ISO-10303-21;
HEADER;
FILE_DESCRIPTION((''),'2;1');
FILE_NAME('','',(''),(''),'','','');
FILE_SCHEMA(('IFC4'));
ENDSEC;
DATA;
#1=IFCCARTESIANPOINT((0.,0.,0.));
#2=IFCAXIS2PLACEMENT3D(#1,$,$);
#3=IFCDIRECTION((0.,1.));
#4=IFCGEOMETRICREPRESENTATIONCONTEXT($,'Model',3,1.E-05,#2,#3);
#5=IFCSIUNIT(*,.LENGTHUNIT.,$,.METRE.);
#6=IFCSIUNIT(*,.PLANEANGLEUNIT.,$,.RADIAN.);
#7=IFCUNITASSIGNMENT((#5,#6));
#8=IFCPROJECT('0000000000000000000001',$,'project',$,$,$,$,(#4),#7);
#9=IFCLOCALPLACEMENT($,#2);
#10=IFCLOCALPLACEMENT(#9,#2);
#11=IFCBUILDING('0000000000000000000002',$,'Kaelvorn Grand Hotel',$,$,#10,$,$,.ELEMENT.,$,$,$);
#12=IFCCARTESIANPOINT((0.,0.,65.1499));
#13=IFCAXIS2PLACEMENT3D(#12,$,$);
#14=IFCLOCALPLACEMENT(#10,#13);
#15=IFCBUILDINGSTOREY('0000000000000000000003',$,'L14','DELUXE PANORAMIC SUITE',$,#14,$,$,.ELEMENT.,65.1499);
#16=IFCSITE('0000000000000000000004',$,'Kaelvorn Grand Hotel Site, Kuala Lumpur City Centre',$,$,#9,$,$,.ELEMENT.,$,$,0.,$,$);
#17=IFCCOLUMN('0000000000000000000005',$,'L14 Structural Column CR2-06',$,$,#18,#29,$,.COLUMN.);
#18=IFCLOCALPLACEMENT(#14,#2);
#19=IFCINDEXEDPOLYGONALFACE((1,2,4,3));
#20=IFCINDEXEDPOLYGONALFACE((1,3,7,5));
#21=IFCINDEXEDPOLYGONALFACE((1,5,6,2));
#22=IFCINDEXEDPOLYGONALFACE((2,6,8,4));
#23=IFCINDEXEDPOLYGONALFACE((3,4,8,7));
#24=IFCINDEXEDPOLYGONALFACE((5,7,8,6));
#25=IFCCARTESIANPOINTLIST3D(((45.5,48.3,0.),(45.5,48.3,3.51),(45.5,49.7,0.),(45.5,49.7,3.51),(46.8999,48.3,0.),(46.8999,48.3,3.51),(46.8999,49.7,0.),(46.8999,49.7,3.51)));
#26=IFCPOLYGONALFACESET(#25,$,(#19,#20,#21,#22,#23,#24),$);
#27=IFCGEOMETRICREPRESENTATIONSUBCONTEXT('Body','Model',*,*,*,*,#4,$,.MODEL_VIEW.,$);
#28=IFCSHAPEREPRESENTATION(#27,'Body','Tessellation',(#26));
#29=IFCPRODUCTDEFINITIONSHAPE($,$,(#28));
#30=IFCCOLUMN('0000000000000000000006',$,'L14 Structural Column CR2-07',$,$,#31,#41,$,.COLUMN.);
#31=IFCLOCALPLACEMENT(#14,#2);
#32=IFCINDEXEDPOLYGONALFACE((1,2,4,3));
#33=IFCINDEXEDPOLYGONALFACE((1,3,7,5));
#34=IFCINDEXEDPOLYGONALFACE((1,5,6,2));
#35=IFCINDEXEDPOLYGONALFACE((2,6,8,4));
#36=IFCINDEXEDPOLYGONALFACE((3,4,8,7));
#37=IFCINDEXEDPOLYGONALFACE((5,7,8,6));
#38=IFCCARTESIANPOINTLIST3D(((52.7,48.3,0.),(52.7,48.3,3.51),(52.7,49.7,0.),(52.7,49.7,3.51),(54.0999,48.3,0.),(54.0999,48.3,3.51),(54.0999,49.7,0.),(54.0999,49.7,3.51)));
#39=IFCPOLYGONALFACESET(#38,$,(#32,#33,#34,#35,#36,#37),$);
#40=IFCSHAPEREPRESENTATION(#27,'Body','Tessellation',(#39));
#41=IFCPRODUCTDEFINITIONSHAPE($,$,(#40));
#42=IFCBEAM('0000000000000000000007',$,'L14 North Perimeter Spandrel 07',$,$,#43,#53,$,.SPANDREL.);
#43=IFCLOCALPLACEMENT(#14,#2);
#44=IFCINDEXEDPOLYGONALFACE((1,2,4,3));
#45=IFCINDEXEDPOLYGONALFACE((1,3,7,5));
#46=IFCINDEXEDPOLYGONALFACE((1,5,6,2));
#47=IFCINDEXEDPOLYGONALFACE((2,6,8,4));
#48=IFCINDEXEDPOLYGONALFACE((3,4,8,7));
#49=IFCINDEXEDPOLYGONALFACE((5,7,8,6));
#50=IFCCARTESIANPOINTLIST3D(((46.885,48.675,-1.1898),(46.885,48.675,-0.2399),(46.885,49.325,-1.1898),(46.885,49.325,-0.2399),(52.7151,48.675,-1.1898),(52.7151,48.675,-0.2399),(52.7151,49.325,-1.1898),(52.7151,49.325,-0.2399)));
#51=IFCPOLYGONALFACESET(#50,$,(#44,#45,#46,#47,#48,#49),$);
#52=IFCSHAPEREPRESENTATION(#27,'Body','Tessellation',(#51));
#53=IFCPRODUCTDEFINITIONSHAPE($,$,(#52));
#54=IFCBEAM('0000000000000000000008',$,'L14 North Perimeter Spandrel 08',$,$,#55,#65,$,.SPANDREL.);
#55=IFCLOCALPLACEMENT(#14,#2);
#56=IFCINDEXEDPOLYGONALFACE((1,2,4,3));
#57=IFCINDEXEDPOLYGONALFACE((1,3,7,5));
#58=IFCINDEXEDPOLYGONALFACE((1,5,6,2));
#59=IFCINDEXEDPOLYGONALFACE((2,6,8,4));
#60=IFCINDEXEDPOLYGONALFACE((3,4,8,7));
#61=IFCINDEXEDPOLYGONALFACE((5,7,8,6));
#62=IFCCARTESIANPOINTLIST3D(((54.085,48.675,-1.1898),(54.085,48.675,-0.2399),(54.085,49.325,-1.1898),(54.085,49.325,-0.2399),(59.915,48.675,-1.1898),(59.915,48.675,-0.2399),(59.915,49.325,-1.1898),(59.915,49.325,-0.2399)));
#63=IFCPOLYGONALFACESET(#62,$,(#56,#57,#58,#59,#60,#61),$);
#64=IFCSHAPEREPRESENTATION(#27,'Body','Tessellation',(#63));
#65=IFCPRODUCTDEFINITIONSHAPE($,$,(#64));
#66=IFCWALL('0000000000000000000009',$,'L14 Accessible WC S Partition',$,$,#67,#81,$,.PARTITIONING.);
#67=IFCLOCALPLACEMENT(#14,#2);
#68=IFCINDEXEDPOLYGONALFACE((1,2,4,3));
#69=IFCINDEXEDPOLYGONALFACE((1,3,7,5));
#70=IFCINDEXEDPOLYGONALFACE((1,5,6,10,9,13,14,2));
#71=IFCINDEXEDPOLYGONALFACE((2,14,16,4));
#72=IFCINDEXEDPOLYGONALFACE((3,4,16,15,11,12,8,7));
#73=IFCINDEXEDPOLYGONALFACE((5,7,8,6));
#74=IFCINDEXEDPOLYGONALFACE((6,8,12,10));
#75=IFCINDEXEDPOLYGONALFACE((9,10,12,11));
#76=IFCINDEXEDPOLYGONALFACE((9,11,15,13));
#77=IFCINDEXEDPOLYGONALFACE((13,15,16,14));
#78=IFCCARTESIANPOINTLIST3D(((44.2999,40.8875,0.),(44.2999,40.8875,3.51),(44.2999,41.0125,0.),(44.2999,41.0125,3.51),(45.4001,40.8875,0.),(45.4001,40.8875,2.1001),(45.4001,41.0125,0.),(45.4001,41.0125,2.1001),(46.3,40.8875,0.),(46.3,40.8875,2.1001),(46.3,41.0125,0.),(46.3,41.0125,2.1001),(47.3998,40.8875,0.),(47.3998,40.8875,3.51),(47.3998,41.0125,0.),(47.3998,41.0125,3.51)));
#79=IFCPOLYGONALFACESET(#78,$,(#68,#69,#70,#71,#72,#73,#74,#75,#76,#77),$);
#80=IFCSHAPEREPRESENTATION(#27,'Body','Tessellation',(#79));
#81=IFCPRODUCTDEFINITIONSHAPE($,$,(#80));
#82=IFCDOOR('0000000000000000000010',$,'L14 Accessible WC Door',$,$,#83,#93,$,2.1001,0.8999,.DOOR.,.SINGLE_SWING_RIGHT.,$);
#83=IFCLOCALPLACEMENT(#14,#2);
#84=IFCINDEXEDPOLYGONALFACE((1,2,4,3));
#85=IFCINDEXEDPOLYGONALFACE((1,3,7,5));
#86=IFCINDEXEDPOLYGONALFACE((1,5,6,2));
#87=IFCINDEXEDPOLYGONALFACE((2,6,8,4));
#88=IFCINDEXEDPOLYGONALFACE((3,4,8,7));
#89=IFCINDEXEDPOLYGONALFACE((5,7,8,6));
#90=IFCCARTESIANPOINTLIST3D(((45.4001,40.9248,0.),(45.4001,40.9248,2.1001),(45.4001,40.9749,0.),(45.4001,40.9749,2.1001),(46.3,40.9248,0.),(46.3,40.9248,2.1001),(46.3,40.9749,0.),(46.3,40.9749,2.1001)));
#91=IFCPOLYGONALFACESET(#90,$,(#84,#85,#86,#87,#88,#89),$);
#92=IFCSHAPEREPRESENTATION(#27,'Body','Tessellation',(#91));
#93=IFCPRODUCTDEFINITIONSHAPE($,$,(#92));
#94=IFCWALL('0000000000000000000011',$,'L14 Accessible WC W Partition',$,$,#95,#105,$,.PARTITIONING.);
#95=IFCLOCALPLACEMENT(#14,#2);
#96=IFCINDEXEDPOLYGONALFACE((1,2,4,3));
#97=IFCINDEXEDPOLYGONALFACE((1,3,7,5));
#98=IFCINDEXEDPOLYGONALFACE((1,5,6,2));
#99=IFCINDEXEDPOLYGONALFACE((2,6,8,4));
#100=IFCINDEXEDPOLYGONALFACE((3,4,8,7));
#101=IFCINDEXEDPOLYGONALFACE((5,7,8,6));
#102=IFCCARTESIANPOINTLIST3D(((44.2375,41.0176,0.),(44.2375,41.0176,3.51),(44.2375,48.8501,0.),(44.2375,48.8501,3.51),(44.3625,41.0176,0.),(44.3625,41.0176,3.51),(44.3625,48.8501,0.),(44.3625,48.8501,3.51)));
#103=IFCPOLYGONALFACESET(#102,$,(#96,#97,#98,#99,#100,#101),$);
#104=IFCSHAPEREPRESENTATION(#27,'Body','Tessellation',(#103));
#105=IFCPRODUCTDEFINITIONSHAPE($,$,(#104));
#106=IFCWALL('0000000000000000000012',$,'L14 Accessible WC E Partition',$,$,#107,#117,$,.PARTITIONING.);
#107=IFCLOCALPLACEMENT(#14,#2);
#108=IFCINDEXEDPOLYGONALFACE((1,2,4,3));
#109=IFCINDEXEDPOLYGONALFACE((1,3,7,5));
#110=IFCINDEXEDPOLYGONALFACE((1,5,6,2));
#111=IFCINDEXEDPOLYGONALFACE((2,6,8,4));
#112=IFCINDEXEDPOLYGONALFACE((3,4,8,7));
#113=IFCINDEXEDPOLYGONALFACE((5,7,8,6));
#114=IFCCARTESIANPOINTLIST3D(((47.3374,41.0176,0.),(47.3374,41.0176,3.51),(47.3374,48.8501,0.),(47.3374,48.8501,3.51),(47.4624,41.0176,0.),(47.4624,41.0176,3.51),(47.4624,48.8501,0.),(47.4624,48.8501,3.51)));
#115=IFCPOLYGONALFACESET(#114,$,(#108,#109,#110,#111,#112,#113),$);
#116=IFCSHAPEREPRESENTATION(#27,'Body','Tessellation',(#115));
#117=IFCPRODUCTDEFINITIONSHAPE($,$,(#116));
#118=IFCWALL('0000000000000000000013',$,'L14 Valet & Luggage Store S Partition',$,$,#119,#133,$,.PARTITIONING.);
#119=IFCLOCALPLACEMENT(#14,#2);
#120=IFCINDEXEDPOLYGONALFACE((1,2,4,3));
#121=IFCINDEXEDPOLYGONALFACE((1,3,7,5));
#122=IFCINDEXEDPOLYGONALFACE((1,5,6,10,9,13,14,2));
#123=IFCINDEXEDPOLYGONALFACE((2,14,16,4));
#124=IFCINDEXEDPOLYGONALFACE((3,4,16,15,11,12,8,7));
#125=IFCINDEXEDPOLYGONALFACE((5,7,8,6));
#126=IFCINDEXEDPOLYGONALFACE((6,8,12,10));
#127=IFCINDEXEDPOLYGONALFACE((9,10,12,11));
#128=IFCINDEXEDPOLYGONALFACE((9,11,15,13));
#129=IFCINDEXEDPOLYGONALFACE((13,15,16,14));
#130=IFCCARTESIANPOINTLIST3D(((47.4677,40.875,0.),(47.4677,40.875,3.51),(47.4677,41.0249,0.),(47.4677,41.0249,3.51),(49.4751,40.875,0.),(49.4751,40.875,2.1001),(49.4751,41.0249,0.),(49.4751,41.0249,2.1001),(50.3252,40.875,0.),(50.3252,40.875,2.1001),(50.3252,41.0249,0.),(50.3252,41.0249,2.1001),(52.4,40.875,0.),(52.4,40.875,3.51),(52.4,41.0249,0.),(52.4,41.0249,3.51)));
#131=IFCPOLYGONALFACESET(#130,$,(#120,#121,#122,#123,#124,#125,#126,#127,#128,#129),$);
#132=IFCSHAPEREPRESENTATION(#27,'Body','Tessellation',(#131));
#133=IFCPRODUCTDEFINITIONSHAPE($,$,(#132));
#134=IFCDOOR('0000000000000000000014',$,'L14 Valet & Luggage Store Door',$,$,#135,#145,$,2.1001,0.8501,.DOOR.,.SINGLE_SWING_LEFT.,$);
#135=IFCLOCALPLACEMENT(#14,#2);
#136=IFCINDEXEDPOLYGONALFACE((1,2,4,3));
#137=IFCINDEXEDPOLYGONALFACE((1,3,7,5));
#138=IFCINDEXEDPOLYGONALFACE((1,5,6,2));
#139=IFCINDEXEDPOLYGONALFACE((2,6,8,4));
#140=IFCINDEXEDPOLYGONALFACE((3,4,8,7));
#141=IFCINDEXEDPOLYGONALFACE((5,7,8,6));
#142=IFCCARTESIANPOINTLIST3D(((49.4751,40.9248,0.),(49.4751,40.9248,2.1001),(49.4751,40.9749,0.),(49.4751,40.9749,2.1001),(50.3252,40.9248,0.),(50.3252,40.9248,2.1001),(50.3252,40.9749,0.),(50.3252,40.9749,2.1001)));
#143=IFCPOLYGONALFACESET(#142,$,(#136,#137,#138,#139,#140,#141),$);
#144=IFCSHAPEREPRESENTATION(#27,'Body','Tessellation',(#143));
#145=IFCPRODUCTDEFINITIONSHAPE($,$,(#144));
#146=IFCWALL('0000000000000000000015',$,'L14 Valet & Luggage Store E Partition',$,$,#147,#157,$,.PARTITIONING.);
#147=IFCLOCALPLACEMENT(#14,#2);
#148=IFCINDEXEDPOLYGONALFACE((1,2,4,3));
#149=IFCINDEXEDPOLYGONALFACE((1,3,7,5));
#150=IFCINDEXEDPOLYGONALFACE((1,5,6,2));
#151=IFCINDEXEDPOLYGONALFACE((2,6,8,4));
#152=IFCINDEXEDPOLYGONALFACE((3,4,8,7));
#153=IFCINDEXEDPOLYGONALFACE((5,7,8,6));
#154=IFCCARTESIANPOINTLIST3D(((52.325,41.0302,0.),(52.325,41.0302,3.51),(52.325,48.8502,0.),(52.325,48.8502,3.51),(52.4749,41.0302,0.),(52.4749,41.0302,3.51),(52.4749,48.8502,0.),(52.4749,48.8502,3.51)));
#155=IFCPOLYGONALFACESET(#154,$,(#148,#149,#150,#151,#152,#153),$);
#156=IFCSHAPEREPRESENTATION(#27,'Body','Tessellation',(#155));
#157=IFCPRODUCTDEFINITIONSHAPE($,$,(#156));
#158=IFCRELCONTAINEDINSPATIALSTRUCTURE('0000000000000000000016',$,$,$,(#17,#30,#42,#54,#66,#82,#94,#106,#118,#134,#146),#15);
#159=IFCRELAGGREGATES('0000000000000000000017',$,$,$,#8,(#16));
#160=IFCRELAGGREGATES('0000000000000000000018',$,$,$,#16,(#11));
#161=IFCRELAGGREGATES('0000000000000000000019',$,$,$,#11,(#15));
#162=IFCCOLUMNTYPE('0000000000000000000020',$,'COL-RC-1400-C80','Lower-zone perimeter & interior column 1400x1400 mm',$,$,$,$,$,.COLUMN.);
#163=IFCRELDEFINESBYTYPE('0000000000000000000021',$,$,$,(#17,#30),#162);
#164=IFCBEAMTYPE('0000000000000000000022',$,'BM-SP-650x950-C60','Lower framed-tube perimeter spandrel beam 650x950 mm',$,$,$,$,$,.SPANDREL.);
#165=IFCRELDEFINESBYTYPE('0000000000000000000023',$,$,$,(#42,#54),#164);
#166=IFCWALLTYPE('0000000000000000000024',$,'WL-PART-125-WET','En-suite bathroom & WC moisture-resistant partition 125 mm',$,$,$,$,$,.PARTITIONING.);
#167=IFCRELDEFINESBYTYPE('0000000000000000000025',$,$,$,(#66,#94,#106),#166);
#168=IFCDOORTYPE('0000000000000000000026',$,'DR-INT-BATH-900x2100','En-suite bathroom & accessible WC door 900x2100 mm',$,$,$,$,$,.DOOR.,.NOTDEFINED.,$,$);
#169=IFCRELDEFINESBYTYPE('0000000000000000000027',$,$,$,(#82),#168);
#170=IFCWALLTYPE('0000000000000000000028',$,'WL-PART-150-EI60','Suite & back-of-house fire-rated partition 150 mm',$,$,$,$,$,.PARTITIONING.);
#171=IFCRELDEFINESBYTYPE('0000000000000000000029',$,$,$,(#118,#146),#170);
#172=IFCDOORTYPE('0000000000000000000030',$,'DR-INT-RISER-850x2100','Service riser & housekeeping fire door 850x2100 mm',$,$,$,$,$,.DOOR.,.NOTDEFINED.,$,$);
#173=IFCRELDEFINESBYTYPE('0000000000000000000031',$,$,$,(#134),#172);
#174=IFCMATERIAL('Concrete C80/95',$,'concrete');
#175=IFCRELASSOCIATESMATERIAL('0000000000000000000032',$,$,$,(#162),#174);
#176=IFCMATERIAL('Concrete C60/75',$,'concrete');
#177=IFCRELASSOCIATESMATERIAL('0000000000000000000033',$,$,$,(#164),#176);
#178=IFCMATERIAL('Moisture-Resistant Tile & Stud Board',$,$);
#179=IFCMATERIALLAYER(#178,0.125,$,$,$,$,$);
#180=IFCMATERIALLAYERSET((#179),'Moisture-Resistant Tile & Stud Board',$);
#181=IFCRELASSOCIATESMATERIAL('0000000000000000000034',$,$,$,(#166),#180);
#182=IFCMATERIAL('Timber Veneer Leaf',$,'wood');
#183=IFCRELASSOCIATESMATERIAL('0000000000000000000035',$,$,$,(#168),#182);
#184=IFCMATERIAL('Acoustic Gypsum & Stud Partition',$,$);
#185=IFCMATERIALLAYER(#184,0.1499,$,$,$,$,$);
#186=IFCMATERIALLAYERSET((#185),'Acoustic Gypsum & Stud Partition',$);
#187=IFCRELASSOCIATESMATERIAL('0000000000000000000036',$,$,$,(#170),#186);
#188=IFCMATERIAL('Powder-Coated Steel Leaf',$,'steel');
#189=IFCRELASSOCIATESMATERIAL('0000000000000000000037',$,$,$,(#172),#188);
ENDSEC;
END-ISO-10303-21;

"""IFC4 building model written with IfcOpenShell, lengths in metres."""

from ifc_helpers import new_model, si_unit, direction, frame, frame_2d, origin, origin_2d, place, context, subcontext, project, spatial, rectangle, extrude, material, layer, layer_set, material_profile, profile_set, type_object, element, fill, save


model = new_model("IFC4")

# Units and contexts
model_context = context("Model", 3, precision=1e-05, world=origin(), true_north=direction((0.0, 1.0)))
body_context = subcontext(model_context, "Body", "Model", "MODEL_VIEW")
ifc_project = project(units=[si_unit("LENGTHUNIT", "METRE"), si_unit("PLANEANGLEUNIT", "RADIAN")], contexts=[model_context])

# Site, building, storey
site_placement = place(None, origin())
site = spatial("IfcSite", under=ifc_project, at=site_placement, Name="Kaelvorn Grand Hotel Site, Kuala Lumpur City Centre", CompositionType="ELEMENT", RefElevation=0.0)
building_placement = place(site_placement, origin())
building = spatial("IfcBuilding", under=site, at=building_placement, Name="Kaelvorn Grand Hotel", CompositionType="ELEMENT")
storey_placement = place(building_placement, frame((0.0, 0.0, 65.1499)))
storey = spatial("IfcBuildingStorey", under=building, at=storey_placement, Name="L14", Description="DELUXE PANORAMIC SUITE", CompositionType="ELEMENT", Elevation=65.1499)

# Columns
ifc_material_1 = material(Name="Concrete C80/95", Category="concrete")
ifc_material_profile_1 = material_profile(ifc_material_1, rectangle(XDim=1.3999, YDim=1.3999, at=origin_2d()), Name="RC COL 1400x1400")
ifc_profile_set_1 = profile_set([ifc_material_profile_1], Name="Concrete C80/95")
column_type = type_object("IfcColumnType", Name="COL-RC-1400-C80", Description="Lower-zone perimeter & interior column 1400x1400 mm", PredefinedType="COLUMN", material=ifc_profile_set_1)
for number, where, z_axis, x_axis, name in (
    (1, (46.2, 49.0, 0.0), (0.0, 0.0, 1.0), (1.0, 0.0, 0.0), "L14 Structural Column CR2-06"),
    (2, (53.3999, 49.0, 0.0), (0.0, 0.0, 1.0), (1.0, 0.0, 0.0), "L14 Structural Column CR2-07"),
):
    element("IfcColumn", number, at=place(storey_placement, frame(where, z_axis=z_axis, x_axis=x_axis)), inside=storey, type_object=column_type, Name=name, PredefinedType="COLUMN", context=body_context, shape_type="SweptSolid", body=[
        extrude(rectangle(XDim=1.3999, YDim=1.3999, at=origin_2d()), origin(), (0.0, 0.0, 1.0), 3.51),
    ])

# Beams
ifc_material_2 = material(Name="Concrete C60/75", Category="concrete")
ifc_material_profile_2 = material_profile(ifc_material_2, rectangle(XDim=0.6499, YDim=0.95, at=origin_2d()), Name="RC SPANDREL 650x950")
ifc_profile_set_2 = profile_set([ifc_material_profile_2], Name="Concrete C60/75")
beam_type = type_object("IfcBeamType", Name="BM-SP-650x950-C60", Description="Lower framed-tube perimeter spandrel beam 650x950 mm", PredefinedType="SPANDREL", material=ifc_profile_set_2)
for number, where, z_axis, x_axis, name in (
    (3, (46.885, 49.0, -0.7148), (1.0, 0.0, 0.0), (0.0, 1.0, 0.0), "L14 North Perimeter Spandrel 07"),
    (4, (54.085, 49.0, -0.7148), (1.0, 0.0, 0.0), (0.0, 1.0, 0.0), "L14 North Perimeter Spandrel 08"),
):
    element("IfcBeam", number, at=place(storey_placement, frame(where, z_axis=z_axis, x_axis=x_axis)), inside=storey, type_object=beam_type, Name=name, PredefinedType="SPANDREL", context=body_context, shape_type="SweptSolid", body=[
        extrude(rectangle(XDim=0.6499, YDim=0.95, at=origin_2d()), origin(), (0.0, 0.0, 1.0), 5.8301),
    ])

# Wall, opening, door
ifc_material_3 = material(Name="Moisture-Resistant Tile & Stud Board")
ifc_layer_1 = layer(ifc_material_3, 0.125)
ifc_layer_set_1 = layer_set([ifc_layer_1], Name="Moisture-Resistant Tile & Stud Board")
wall_type_1 = type_object("IfcWallType", Name="WL-PART-125-WET", Description="En-suite bathroom & WC moisture-resistant partition 125 mm", PredefinedType="PARTITIONING", material=ifc_layer_set_1)
wall_1_placement = place(storey_placement, frame((44.3, 40.95, 0.0), z_axis=(0.0, 0.0, 1.0), x_axis=(1.0, 0.0, 0.0)))
wall_1 = element("IfcWall", 5, at=wall_1_placement, inside=storey, type_object=wall_type_1, Name="L14 Accessible WC S Partition", PredefinedType="PARTITIONING", context=body_context, shape_type="SweptSolid", body=[
    extrude(rectangle(XDim=3.0999, YDim=0.125, at=frame_2d((1.5498, 0.0))), origin(), (0.0, 0.0, 1.0), 3.51),
])
opening_1_placement = place(wall_1_placement, frame((1.1001, 0.0, 0.0)))
opening_1 = element("IfcOpeningElement", 6, at=opening_1_placement, cuts=wall_1, PredefinedType="OPENING", context=body_context, shape_type="SweptSolid", body=[
    extrude(rectangle(XDim=0.8999, YDim=2.1001, at=frame_2d((0.45, 1.05))), frame((0.0, 0.0725, 0.0), z_axis=(0.0, -1.0, 0.0), x_axis=(1.0, 0.0, 0.0)), (0.0, 0.0, 1.0), 0.145),
])
ifc_material_4 = material(Name="Timber Veneer Leaf", Category="wood")
door_type_1 = type_object("IfcDoorType", Name="DR-INT-BATH-900x2100", Description="En-suite bathroom & accessible WC door 900x2100 mm", OperationType="NOTDEFINED", PredefinedType="DOOR", material=ifc_material_4)
door_1_placement = place(opening_1_placement, origin())
door_1 = element("IfcDoor", 7, at=door_1_placement, inside=storey, type_object=door_type_1, Name="L14 Accessible WC Door", OperationType="SINGLE_SWING_RIGHT", OverallHeight=2.1001, OverallWidth=0.8999, PredefinedType="DOOR", context=body_context, shape_type="SweptSolid", body=[
    extrude(rectangle(XDim=0.8999, YDim=2.1001, at=frame_2d((0.45, 1.05))), frame((0.0, 0.0249, 0.0), z_axis=(0.0, -1.0, 0.0), x_axis=(1.0, 0.0, 0.0)), (0.0, 0.0, 1.0), 0.05),
])
fill(opening_1, door_1)

# Walls
for number, where, z_axis, x_axis, name in (
    (8, (44.3, 41.0176, 0.0), (0.0, 0.0, 1.0), (0.0, 1.0, 0.0), "L14 Accessible WC W Partition"),
    (9, (47.3999, 41.0176, 0.0), (0.0, 0.0, 1.0), (0.0, 1.0, 0.0), "L14 Accessible WC E Partition"),
):
    element("IfcWall", number, at=place(storey_placement, frame(where, z_axis=z_axis, x_axis=x_axis)), inside=storey, type_object=wall_type_1, Name=name, PredefinedType="PARTITIONING", context=body_context, shape_type="SweptSolid", body=[
        extrude(rectangle(XDim=7.8325, YDim=0.125, at=frame_2d((3.9163, 0.0))), origin(), (0.0, 0.0, 1.0), 3.51),
    ])

# Wall, opening, door
ifc_material_5 = material(Name="Acoustic Gypsum & Stud Partition")
ifc_layer_2 = layer(ifc_material_5, 0.1499)
ifc_layer_set_2 = layer_set([ifc_layer_2], Name="Acoustic Gypsum & Stud Partition")
wall_type_2 = type_object("IfcWallType", Name="WL-PART-150-EI60", Description="Suite & back-of-house fire-rated partition 150 mm", PredefinedType="PARTITIONING", material=ifc_layer_set_2)
wall_2_placement = place(storey_placement, frame((47.4675, 40.95, 0.0), z_axis=(0.0, 0.0, 1.0), x_axis=(1.0, 0.0, 0.0)))
wall_2 = element("IfcWall", 10, at=wall_2_placement, inside=storey, type_object=wall_type_2, Name="L14 Valet & Luggage Store S Partition", PredefinedType="PARTITIONING", context=body_context, shape_type="SweptSolid", body=[
    extrude(rectangle(XDim=4.9324, YDim=0.1499, at=frame_2d((2.4663, 0.0))), origin(), (0.0, 0.0, 1.0), 3.51),
])
opening_2_placement = place(wall_2_placement, frame((2.0076, 0.0, 0.0)))
opening_2 = element("IfcOpeningElement", 11, at=opening_2_placement, cuts=wall_2, PredefinedType="OPENING", context=body_context, shape_type="SweptSolid", body=[
    extrude(rectangle(XDim=0.8501, YDim=2.1001, at=frame_2d((0.425, 1.05))), frame((0.0, 0.085, 0.0), z_axis=(0.0, -1.0, 0.0), x_axis=(1.0, 0.0, 0.0)), (0.0, 0.0, 1.0), 0.1699),
])
ifc_material_6 = material(Name="Powder-Coated Steel Leaf", Category="steel")
door_type_2 = type_object("IfcDoorType", Name="DR-INT-RISER-850x2100", Description="Service riser & housekeeping fire door 850x2100 mm", OperationType="NOTDEFINED", PredefinedType="DOOR", material=ifc_material_6)
door_2_placement = place(opening_2_placement, origin())
door_2 = element("IfcDoor", 12, at=door_2_placement, inside=storey, type_object=door_type_2, Name="L14 Valet & Luggage Store Door", OperationType="SINGLE_SWING_LEFT", OverallHeight=2.1001, OverallWidth=0.8501, PredefinedType="DOOR", context=body_context, shape_type="SweptSolid", body=[
    extrude(rectangle(XDim=0.8501, YDim=2.1001, at=frame_2d((0.425, 1.05))), frame((0.0, 0.0249, 0.0), z_axis=(0.0, -1.0, 0.0), x_axis=(1.0, 0.0, 0.0)), (0.0, 0.0, 1.0), 0.05),
])
fill(opening_2, door_2)

# Wall
wall_3_placement = place(storey_placement, frame((52.3999, 41.03, 0.0), z_axis=(0.0, 0.0, 1.0), x_axis=(0.0, 1.0, 0.0)))
element("IfcWall", 13, at=wall_3_placement, inside=storey, type_object=wall_type_2, Name="L14 Valet & Luggage Store E Partition", PredefinedType="PARTITIONING", context=body_context, shape_type="SweptSolid", body=[
    extrude(rectangle(XDim=7.8201, YDim=0.1499, at=frame_2d((3.9102, 0.0))), origin(), (0.0, 0.0, 1.0), 3.51),
])

save(model, "model.ifc")
